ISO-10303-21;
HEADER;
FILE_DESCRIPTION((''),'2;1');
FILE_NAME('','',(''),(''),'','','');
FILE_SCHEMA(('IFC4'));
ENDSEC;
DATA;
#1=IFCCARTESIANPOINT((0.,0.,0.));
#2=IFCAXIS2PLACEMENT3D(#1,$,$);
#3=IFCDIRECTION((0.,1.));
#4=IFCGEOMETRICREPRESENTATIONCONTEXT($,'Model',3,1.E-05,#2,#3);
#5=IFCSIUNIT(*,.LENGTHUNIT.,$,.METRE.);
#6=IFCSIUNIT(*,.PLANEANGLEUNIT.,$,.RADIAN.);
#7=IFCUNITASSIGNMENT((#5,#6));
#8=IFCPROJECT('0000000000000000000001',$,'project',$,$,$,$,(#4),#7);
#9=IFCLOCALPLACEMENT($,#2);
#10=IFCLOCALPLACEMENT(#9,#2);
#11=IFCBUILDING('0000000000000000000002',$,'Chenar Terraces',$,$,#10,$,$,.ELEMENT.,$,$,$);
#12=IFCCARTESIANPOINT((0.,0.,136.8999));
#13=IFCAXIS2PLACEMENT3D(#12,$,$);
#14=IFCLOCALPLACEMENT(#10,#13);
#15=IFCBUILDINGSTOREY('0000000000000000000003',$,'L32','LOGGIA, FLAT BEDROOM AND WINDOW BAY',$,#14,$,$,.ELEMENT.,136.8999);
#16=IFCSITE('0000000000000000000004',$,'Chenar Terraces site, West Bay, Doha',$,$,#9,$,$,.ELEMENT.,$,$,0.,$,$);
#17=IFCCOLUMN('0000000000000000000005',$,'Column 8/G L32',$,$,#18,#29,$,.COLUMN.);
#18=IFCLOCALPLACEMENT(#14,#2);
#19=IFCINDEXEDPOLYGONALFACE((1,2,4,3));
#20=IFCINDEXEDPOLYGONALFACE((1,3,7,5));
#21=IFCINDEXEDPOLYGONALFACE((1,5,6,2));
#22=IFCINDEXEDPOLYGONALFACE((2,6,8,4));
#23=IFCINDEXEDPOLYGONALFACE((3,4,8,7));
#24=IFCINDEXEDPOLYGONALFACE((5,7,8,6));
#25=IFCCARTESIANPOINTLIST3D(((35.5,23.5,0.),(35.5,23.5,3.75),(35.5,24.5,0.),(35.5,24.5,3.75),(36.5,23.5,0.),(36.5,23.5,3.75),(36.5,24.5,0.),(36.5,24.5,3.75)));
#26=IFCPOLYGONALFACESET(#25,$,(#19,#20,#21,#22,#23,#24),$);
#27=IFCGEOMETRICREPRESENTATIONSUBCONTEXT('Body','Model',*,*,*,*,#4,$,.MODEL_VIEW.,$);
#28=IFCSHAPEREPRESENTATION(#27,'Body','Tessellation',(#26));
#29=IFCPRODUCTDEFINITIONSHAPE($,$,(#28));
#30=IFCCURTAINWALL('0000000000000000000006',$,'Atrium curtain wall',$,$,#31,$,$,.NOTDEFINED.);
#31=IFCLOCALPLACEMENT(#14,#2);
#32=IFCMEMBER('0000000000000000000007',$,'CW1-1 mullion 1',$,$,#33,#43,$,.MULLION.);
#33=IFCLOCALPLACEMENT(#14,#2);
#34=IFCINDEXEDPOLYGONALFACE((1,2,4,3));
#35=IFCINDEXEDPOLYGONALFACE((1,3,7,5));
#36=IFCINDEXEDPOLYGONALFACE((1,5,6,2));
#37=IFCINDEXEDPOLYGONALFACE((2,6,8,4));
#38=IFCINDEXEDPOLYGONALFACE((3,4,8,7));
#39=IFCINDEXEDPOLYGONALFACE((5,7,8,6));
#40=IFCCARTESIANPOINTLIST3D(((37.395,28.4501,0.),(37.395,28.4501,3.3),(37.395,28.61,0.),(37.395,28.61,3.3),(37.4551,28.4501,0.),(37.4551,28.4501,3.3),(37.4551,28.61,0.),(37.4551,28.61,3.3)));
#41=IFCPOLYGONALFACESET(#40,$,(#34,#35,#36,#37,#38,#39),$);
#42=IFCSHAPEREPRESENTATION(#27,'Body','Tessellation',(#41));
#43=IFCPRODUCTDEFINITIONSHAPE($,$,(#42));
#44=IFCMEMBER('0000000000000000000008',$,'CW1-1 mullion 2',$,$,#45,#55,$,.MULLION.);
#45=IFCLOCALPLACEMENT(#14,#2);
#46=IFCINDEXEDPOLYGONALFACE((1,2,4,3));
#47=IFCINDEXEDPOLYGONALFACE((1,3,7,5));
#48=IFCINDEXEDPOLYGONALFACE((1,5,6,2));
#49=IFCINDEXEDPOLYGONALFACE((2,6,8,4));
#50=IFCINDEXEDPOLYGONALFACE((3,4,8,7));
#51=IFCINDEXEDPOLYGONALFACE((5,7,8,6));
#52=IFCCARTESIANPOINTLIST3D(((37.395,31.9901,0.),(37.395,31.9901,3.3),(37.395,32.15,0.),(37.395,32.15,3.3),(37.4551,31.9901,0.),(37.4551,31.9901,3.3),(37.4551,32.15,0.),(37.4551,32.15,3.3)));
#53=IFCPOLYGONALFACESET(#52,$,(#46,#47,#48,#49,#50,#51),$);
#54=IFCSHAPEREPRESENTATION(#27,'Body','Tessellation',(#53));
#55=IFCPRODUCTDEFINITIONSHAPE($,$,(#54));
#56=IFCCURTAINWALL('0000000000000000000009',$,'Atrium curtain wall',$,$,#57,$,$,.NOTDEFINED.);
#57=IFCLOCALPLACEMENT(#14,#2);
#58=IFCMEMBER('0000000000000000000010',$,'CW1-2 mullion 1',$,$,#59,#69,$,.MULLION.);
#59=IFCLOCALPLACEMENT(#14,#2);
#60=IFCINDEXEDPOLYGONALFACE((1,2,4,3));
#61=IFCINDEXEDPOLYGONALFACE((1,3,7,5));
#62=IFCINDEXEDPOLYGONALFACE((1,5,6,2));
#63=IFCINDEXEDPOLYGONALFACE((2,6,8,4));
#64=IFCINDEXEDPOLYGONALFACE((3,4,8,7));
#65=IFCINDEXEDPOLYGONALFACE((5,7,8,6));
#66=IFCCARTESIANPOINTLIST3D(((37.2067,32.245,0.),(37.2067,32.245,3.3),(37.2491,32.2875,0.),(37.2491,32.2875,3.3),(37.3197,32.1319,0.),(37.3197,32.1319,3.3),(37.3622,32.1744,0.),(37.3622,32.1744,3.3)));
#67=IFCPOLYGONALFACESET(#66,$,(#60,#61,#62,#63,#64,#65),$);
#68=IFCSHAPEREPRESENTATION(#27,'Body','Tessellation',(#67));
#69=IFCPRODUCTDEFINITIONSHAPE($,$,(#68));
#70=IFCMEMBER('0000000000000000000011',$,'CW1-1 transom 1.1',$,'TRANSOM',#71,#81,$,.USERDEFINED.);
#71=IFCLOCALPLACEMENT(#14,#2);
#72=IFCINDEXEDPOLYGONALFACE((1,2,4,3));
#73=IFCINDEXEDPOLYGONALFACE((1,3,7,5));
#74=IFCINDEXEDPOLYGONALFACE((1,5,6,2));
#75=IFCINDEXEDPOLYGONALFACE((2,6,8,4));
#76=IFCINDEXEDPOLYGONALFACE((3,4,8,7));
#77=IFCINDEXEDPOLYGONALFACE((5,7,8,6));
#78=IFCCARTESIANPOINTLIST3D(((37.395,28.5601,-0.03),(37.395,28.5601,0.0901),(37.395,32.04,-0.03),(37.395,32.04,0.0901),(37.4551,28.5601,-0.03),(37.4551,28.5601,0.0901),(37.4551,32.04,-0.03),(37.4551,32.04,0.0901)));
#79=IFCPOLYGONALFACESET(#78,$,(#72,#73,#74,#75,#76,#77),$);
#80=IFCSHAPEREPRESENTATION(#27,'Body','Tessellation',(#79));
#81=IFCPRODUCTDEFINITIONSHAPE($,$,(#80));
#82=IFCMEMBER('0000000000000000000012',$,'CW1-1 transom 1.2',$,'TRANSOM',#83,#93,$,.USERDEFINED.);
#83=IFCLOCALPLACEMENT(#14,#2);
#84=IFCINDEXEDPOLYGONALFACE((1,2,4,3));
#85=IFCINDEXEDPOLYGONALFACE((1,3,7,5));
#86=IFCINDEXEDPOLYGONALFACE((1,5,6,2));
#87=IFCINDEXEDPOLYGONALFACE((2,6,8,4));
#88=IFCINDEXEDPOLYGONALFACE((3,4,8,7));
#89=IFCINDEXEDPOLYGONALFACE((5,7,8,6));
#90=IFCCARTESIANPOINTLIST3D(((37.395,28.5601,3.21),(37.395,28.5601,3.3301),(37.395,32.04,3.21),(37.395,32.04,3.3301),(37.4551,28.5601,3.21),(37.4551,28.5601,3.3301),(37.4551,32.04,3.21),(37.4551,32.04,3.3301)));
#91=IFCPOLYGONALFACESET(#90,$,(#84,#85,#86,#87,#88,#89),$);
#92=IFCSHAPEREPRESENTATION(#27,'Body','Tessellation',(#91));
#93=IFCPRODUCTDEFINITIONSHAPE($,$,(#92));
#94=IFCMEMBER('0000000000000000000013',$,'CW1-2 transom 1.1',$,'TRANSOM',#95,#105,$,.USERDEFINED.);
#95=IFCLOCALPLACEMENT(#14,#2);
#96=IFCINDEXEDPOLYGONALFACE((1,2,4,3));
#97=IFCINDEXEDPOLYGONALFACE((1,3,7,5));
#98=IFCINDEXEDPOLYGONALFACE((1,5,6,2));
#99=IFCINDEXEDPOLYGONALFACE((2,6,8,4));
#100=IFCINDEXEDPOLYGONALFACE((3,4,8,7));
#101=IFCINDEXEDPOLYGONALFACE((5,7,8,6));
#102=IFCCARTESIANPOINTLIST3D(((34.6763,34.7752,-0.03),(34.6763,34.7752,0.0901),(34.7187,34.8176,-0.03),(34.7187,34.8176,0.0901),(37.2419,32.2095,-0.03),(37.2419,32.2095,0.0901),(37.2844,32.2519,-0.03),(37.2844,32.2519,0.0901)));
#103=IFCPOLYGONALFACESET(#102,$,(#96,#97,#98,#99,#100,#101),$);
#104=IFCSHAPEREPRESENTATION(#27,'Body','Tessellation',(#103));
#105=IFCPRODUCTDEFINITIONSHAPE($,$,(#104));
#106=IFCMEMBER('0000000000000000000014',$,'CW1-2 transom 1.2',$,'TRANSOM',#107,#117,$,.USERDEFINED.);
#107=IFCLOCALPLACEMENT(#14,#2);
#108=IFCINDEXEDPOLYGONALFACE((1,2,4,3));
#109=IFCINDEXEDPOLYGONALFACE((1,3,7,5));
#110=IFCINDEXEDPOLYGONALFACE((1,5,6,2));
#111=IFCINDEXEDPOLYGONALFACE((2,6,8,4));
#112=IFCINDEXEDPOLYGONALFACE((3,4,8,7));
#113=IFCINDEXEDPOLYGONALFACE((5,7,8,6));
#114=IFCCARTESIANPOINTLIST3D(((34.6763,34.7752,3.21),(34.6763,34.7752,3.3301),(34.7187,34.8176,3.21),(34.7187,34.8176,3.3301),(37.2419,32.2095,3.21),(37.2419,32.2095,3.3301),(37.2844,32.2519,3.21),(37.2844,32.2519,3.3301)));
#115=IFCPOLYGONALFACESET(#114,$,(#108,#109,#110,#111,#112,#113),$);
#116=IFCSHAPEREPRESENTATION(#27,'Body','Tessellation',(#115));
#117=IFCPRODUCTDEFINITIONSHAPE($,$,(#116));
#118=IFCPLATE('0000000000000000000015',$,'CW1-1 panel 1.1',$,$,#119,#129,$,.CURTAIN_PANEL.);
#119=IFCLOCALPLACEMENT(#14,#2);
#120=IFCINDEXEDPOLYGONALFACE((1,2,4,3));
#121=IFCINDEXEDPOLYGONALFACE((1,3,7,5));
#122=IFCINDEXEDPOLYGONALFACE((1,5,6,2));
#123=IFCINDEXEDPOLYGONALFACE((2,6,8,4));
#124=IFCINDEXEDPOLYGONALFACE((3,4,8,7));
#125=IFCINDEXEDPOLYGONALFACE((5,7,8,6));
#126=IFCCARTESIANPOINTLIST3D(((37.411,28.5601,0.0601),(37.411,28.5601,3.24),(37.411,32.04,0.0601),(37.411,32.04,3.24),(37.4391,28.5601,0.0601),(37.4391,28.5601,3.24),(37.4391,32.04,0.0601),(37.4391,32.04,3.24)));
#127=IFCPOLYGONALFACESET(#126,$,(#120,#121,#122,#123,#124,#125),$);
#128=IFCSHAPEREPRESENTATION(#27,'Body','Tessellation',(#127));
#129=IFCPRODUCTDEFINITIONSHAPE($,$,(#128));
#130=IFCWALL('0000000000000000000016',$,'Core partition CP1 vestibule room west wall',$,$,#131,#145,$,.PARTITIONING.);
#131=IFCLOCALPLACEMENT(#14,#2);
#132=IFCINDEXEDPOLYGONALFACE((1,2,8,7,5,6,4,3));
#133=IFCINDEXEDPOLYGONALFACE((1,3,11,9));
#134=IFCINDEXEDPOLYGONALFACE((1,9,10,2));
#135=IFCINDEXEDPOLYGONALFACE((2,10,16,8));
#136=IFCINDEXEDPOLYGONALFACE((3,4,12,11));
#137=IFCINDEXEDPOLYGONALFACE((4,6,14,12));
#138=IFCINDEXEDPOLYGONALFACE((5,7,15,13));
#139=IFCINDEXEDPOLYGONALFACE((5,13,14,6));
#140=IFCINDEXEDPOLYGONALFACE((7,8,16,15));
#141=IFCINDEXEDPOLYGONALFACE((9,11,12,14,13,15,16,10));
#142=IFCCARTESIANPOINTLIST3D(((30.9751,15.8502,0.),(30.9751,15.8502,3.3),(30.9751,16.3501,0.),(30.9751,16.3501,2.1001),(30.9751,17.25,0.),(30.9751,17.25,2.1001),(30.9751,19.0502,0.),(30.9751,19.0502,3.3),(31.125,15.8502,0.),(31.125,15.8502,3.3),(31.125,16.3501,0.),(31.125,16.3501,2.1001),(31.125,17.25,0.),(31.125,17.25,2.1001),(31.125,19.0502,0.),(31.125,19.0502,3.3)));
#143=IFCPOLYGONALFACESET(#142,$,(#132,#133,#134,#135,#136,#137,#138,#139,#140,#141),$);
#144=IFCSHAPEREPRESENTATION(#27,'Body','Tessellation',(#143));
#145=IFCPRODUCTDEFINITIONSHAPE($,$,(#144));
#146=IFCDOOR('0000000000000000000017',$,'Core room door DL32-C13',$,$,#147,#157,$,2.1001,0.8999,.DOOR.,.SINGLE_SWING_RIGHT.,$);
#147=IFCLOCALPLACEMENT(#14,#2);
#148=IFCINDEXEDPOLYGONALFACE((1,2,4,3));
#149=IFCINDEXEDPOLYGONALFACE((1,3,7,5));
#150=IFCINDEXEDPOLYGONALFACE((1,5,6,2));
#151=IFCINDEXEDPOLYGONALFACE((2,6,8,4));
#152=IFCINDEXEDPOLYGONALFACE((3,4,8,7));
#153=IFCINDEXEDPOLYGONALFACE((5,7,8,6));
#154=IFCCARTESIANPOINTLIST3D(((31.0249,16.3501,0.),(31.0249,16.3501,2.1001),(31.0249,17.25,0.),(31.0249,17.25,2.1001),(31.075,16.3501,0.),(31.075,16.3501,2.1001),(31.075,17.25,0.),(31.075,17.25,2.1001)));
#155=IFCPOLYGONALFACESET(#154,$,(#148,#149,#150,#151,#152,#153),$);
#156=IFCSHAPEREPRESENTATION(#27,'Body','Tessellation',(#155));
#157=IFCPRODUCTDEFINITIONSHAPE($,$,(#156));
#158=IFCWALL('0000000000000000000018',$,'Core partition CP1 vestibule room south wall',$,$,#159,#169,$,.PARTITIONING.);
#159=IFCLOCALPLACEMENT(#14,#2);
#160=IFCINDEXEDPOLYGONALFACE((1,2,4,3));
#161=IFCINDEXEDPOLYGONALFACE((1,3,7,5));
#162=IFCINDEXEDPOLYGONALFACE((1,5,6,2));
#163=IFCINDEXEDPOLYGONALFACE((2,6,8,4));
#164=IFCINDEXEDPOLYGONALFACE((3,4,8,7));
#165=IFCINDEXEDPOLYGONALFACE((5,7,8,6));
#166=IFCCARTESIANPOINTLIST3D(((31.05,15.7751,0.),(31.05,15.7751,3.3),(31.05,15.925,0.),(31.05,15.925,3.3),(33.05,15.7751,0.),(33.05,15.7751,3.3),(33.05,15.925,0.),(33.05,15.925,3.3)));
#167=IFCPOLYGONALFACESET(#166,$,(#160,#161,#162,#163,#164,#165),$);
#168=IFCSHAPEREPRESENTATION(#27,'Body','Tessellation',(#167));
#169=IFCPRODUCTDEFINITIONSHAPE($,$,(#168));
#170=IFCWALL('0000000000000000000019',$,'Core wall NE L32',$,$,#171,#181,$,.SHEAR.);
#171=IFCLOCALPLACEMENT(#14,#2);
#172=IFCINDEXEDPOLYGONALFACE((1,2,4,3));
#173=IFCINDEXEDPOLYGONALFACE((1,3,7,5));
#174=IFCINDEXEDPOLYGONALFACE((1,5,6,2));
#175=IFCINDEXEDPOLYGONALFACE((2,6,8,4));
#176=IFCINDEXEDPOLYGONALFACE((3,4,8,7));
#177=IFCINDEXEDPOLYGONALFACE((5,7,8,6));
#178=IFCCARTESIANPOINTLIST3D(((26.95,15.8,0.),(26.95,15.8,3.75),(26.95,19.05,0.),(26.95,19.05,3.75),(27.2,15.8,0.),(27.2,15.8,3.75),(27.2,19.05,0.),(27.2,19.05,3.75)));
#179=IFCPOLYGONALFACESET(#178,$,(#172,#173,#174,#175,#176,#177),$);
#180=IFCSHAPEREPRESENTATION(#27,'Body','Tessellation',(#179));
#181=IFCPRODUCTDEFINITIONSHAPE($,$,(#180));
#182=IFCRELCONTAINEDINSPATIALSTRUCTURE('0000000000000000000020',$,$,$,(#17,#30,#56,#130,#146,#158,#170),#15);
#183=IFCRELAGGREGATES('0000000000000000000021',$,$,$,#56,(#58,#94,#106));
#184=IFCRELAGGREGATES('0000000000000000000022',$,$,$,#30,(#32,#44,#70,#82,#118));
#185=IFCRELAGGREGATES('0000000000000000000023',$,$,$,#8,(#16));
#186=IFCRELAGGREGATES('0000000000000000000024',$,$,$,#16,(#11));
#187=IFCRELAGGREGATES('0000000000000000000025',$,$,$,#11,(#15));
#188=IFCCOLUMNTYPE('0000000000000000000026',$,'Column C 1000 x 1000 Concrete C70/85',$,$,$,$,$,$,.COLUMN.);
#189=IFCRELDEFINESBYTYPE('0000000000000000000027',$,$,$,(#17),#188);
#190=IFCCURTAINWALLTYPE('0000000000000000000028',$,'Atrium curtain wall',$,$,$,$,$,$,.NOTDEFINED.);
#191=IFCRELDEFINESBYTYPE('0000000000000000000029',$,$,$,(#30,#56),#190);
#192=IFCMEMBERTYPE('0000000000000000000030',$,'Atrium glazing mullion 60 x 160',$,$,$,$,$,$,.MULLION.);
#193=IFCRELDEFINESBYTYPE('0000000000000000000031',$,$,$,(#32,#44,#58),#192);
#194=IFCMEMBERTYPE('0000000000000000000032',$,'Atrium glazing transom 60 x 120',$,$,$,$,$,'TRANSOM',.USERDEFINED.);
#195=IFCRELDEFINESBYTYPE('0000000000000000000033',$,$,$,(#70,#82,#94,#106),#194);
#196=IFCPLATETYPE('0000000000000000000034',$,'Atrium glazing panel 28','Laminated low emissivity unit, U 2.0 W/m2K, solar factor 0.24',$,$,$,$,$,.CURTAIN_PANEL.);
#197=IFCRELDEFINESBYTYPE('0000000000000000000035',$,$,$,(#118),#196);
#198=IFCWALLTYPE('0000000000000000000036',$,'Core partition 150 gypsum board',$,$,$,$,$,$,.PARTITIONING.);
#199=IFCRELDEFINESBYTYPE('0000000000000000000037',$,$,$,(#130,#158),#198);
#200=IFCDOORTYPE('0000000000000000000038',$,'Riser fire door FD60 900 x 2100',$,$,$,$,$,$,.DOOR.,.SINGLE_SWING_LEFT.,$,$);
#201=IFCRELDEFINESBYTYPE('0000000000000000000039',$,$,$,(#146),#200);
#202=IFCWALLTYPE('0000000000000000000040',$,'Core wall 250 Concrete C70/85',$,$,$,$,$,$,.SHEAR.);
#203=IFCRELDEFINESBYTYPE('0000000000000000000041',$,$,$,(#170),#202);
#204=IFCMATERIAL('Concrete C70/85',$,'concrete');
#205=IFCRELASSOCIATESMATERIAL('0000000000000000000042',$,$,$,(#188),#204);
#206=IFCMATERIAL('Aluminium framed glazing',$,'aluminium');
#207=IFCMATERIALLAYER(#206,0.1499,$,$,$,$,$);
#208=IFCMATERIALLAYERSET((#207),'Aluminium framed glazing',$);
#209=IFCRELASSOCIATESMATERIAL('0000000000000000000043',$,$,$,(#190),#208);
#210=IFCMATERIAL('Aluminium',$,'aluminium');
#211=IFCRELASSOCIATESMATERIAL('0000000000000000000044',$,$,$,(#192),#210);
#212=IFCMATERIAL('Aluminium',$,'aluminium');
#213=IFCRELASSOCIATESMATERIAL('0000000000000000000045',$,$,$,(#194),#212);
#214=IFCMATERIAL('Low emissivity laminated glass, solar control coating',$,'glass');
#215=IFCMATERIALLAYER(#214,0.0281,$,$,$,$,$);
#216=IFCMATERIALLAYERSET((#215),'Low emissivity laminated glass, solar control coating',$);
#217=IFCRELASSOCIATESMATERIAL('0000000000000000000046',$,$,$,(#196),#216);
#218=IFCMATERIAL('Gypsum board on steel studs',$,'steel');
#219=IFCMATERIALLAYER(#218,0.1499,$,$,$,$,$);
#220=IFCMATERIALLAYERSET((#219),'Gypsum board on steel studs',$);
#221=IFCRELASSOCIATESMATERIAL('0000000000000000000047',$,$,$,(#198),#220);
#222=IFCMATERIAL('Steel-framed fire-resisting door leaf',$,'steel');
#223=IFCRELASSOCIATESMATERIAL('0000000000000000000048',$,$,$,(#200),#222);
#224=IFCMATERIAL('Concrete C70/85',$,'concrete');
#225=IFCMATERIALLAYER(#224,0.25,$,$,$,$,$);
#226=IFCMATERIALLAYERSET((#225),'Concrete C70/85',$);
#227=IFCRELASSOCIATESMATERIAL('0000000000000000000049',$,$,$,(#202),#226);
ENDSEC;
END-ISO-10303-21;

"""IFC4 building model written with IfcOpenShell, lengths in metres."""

from ifc_helpers import new_model, si_unit, direction, frame, frame_2d, origin, origin_2d, place, context, subcontext, project, spatial, rectangle, extrude, material, layer, layer_set, material_profile, profile_set, type_object, element, fill, aggregate, save


model = new_model("IFC4")

# Units and contexts
model_context = context("Model", 3, precision=1e-05, world=origin(), true_north=direction((0.0, 1.0)))
body_context = subcontext(model_context, "Body", "Model", "MODEL_VIEW")
ifc_project = project(units=[si_unit("LENGTHUNIT", "METRE"), si_unit("PLANEANGLEUNIT", "RADIAN")], contexts=[model_context])

# Site, building, storey
site_placement = place(None, origin())
site = spatial("IfcSite", under=ifc_project, at=site_placement, Name="Chenar Terraces site, West Bay, Doha", CompositionType="ELEMENT", RefElevation=0.0)
building_placement = place(site_placement, origin())
building = spatial("IfcBuilding", under=site, at=building_placement, Name="Chenar Terraces", CompositionType="ELEMENT")
storey_placement = place(building_placement, frame((0.0, 0.0, 136.8999)))
storey = spatial("IfcBuildingStorey", under=building, at=storey_placement, Name="L32", Description="LOGGIA, FLAT BEDROOM AND WINDOW BAY", CompositionType="ELEMENT", Elevation=136.8999)

# Column
ifc_material_1 = material(Name="Concrete C70/85", Category="concrete")
ifc_material_profile_1 = material_profile(ifc_material_1, rectangle(XDim=1.0, YDim=1.0, at=origin_2d()), Name="C 1000 x 1000")
ifc_profile_set_1 = profile_set([ifc_material_profile_1], Name="Concrete C70/85")
column_type = type_object("IfcColumnType", Name="Column C 1000 x 1000 Concrete C70/85", PredefinedType="COLUMN", material=ifc_profile_set_1)
column_placement = place(storey_placement, frame((36.0, 24.0, 0.0), z_axis=(0.0, 0.0, 1.0), x_axis=(1.0, 0.0, 0.0)))
element("IfcColumn", 1, at=column_placement, inside=storey, type_object=column_type, Name="Column 8/G L32", PredefinedType="COLUMN", context=body_context, shape_type="SweptSolid", body=[
    extrude(rectangle(XDim=1.0, YDim=1.0, at=origin_2d()), origin(), (0.0, 0.0, 1.0), 3.75),
])

# Curtain wall, members
ifc_material_2 = material(Name="Aluminium framed glazing", Category="aluminium")
ifc_layer_1 = layer(ifc_material_2, 0.1499)
ifc_layer_set_1 = layer_set([ifc_layer_1], Name="Aluminium framed glazing")
curtain_wall_type = type_object("IfcCurtainWallType", Name="Atrium curtain wall", PredefinedType="NOTDEFINED", material=ifc_layer_set_1)
placement = place(storey_placement, origin())
curtain_wall_1 = element("IfcCurtainWall", 2, at=placement, inside=storey, type_object=curtain_wall_type, Name="Atrium curtain wall", PredefinedType="NOTDEFINED")
ifc_material_3 = material(Name="Aluminium", Category="aluminium")
ifc_material_profile_2 = material_profile(ifc_material_3, rectangle(XDim=0.0601, YDim=0.1599, at=origin_2d()), Name="Atrium glazing mullion 60 x 160")
ifc_profile_set_2 = profile_set([ifc_material_profile_2], Name="Aluminium")
member_type_1 = type_object("IfcMemberType", Name="Atrium glazing mullion 60 x 160", PredefinedType="MULLION", material=ifc_profile_set_2)
member_1_placement = place(storey_placement, frame((37.425, 28.53, 0.0), z_axis=(0.0, 0.0, 1.0), x_axis=(-1.0, 0.0, 0.0)))
member_1 = element("IfcMember", 3, at=member_1_placement, type_object=member_type_1, Name="CW1-1 mullion 1", PredefinedType="MULLION", context=body_context, shape_type="SweptSolid", body=[
    extrude(rectangle(XDim=0.0601, YDim=0.1599, at=origin_2d()), origin(), (0.0, 0.0, 1.0), 3.3),
])
member_2_placement = place(storey_placement, frame((37.425, 32.0701, 0.0), z_axis=(0.0, 0.0, 1.0), x_axis=(-1.0, 0.0, 0.0)))
member_2 = element("IfcMember", 4, at=member_2_placement, type_object=member_type_1, Name="CW1-1 mullion 2", PredefinedType="MULLION", context=body_context, shape_type="SweptSolid", body=[
    extrude(rectangle(XDim=0.0601, YDim=0.1599, at=origin_2d()), origin(), (0.0, 0.0, 1.0), 3.3),
])

# Curtain wall, member
curtain_wall_2 = element("IfcCurtainWall", 5, at=placement, inside=storey, type_object=curtain_wall_type, Name="Atrium curtain wall", PredefinedType="NOTDEFINED")
member_3_placement = place(storey_placement, frame((37.2844, 32.2097, 0.0), z_axis=(0.0, 0.0, 1.0), x_axis=(-0.707107, -0.707107, 0.0)))
member_3 = element("IfcMember", 6, at=member_3_placement, type_object=member_type_1, Name="CW1-2 mullion 1", PredefinedType="MULLION", context=body_context, shape_type="SweptSolid", body=[
    extrude(rectangle(XDim=0.0601, YDim=0.1599, at=origin_2d()), origin(), (0.0, 0.0, 1.0), 3.3),
])

# Members
ifc_material_4 = material(Name="Aluminium", Category="aluminium")
ifc_material_profile_3 = material_profile(ifc_material_4, rectangle(XDim=0.0601, YDim=0.1201, at=origin_2d()), Name="Atrium glazing transom 60 x 120")
ifc_profile_set_3 = profile_set([ifc_material_profile_3], Name="Aluminium")
member_type_2 = type_object("IfcMemberType", Name="Atrium glazing transom 60 x 120", ElementType="TRANSOM", PredefinedType="USERDEFINED", material=ifc_profile_set_3)
member_4_placement = place(storey_placement, frame((37.425, 28.5601, 0.03), z_axis=(0.0, 1.0, 0.0), x_axis=(-1.0, 0.0, 0.0)))
member_4 = element("IfcMember", 7, at=member_4_placement, type_object=member_type_2, Name="CW1-1 transom 1.1", ObjectType="TRANSOM", PredefinedType="USERDEFINED", context=body_context, shape_type="SweptSolid", body=[
    extrude(rectangle(XDim=0.0601, YDim=0.1201, at=origin_2d()), origin(), (0.0, 0.0, 1.0), 3.48),
])
member_5_placement = place(storey_placement, frame((37.425, 28.5601, 3.27), z_axis=(0.0, 1.0, 0.0), x_axis=(-1.0, 0.0, 0.0)))
member_5 = element("IfcMember", 8, at=member_5_placement, type_object=member_type_2, Name="CW1-1 transom 1.2", ObjectType="TRANSOM", PredefinedType="USERDEFINED", context=body_context, shape_type="SweptSolid", body=[
    extrude(rectangle(XDim=0.0601, YDim=0.1201, at=origin_2d()), origin(), (0.0, 0.0, 1.0), 3.48),
])
member_6_placement = place(storey_placement, frame((37.2632, 32.2307, 0.03), z_axis=(-0.707107, 0.707107, 0.0), x_axis=(-0.707107, -0.707107, 0.0)))
member_6 = element("IfcMember", 9, at=member_6_placement, type_object=member_type_2, Name="CW1-2 transom 1.1", ObjectType="TRANSOM", PredefinedType="USERDEFINED", context=body_context, shape_type="SweptSolid", body=[
    extrude(rectangle(XDim=0.0601, YDim=0.1201, at=origin_2d()), origin(), (0.0, 0.0, 1.0), 3.6284),
])
member_7_placement = place(storey_placement, frame((37.2632, 32.2307, 3.27), z_axis=(-0.707107, 0.707107, 0.0), x_axis=(-0.707107, -0.707107, 0.0)))
member_7 = element("IfcMember", 10, at=member_7_placement, type_object=member_type_2, Name="CW1-2 transom 1.2", ObjectType="TRANSOM", PredefinedType="USERDEFINED", context=body_context, shape_type="SweptSolid", body=[
    extrude(rectangle(XDim=0.0601, YDim=0.1201, at=origin_2d()), origin(), (0.0, 0.0, 1.0), 3.6284),
])
aggregate(curtain_wall_2, [member_3, member_6, member_7])

# Plate
ifc_material_5 = material(Name="Low emissivity laminated glass, solar control coating", Category="glass")
ifc_layer_2 = layer(ifc_material_5, 0.0281)
ifc_layer_set_2 = layer_set([ifc_layer_2], Name="Low emissivity laminated glass, solar control coating")
plate_type = type_object("IfcPlateType", Name="Atrium glazing panel 28", Description="Laminated low emissivity unit, U 2.0 W/m2K, solar factor 0.24", PredefinedType="CURTAIN_PANEL", material=ifc_layer_set_2)
plate_placement = place(storey_placement, frame((37.425, 30.3, 0.0601), z_axis=(0.0, 0.0, 1.0), x_axis=(0.0, 1.0, 0.0)))
plate = element("IfcPlate", 11, at=plate_placement, type_object=plate_type, Name="CW1-1 panel 1.1", PredefinedType="CURTAIN_PANEL", context=body_context, shape_type="SweptSolid", body=[
    extrude(rectangle(XDim=3.48, YDim=0.0281, at=origin_2d()), origin(), (0.0, 0.0, 1.0), 3.1799),
])
aggregate(curtain_wall_1, [member_1, member_2, member_4, member_5, plate])

# Wall, opening, door
ifc_material_6 = material(Name="Gypsum board on steel studs", Category="steel")
ifc_layer_3 = layer(ifc_material_6, 0.1499)
ifc_layer_set_3 = layer_set([ifc_layer_3], Name="Gypsum board on steel studs")
wall_type_1 = type_object("IfcWallType", Name="Core partition 150 gypsum board", PredefinedType="PARTITIONING", material=ifc_layer_set_3)
wall_1_placement = place(storey_placement, frame((31.05, 15.8501, 0.0), z_axis=(0.0, 0.0, 1.0), x_axis=(0.0, 1.0, 0.0)))
wall_1 = element("IfcWall", 12, at=wall_1_placement, inside=storey, type_object=wall_type_1, Name="Core partition CP1 vestibule room west wall", PredefinedType="PARTITIONING", context=body_context, shape_type="SweptSolid", body=[
    extrude(rectangle(XDim=3.2, YDim=0.1499, at=frame_2d((1.6001, 0.0))), origin(), (0.0, 0.0, 1.0), 3.3),
])
opening_1_placement = place(wall_1_placement, frame((0.5, 0.0, 0.0)))
opening_1 = element("IfcOpeningElement", 13, at=opening_1_placement, cuts=wall_1, PredefinedType="OPENING", context=body_context, shape_type="SweptSolid", body=[
    extrude(rectangle(XDim=0.8999, YDim=2.1001, at=frame_2d((0.45, 1.05))), frame((0.0, 0.085, 0.0), z_axis=(0.0, -1.0, 0.0), x_axis=(1.0, 0.0, 0.0)), (0.0, 0.0, 1.0), 0.1699),
])
ifc_material_7 = material(Name="Steel-framed fire-resisting door leaf", Category="steel")
door_type = type_object("IfcDoorType", Name="Riser fire door FD60 900 x 2100", OperationType="SINGLE_SWING_LEFT", PredefinedType="DOOR", material=ifc_material_7)
door_placement = place(opening_1_placement, frame((0.8999, 0.0, 0.0), z_axis=(0.0, 0.0, 1.0), x_axis=(-1.0, 0.0, 0.0)))
door = element("IfcDoor", 14, at=door_placement, inside=storey, type_object=door_type, Name="Core room door DL32-C13", OperationType="SINGLE_SWING_RIGHT", OverallHeight=2.1001, OverallWidth=0.8999, PredefinedType="DOOR", context=body_context, shape_type="SweptSolid", body=[
    extrude(rectangle(XDim=0.8999, YDim=2.1001, at=frame_2d((0.45, 1.05))), frame((0.0, 0.0249, 0.0), z_axis=(0.0, -1.0, 0.0), x_axis=(1.0, 0.0, 0.0)), (0.0, 0.0, 1.0), 0.05),
])
fill(opening_1, door)

# Walls
wall_2_placement = place(storey_placement, frame((31.05, 15.8501, 0.0), z_axis=(0.0, 0.0, 1.0), x_axis=(1.0, 0.0, 0.0)))
element("IfcWall", 15, at=wall_2_placement, inside=storey, type_object=wall_type_1, Name="Core partition CP1 vestibule room south wall", PredefinedType="PARTITIONING", context=body_context, shape_type="SweptSolid", body=[
    extrude(rectangle(XDim=2.0, YDim=0.1499, at=frame_2d((1.0, 0.0))), origin(), (0.0, 0.0, 1.0), 3.3),
])
ifc_material_8 = material(Name="Concrete C70/85", Category="concrete")
ifc_layer_4 = layer(ifc_material_8, 0.25)
ifc_layer_set_4 = layer_set([ifc_layer_4], Name="Concrete C70/85")
wall_type_2 = type_object("IfcWallType", Name="Core wall 250 Concrete C70/85", PredefinedType="SHEAR", material=ifc_layer_set_4)
wall_3_placement = place(storey_placement, frame((27.075, 15.8, 0.0), z_axis=(0.0, 0.0, 1.0), x_axis=(0.0, 1.0, 0.0)))
element("IfcWall", 16, at=wall_3_placement, inside=storey, type_object=wall_type_2, Name="Core wall NE L32", PredefinedType="SHEAR", context=body_context, shape_type="SweptSolid", body=[
    extrude(rectangle(XDim=3.25, YDim=0.25, at=frame_2d((1.625, 0.0))), origin(), (0.0, 0.0, 1.0), 3.75),
])

save(model, "model.ifc")
